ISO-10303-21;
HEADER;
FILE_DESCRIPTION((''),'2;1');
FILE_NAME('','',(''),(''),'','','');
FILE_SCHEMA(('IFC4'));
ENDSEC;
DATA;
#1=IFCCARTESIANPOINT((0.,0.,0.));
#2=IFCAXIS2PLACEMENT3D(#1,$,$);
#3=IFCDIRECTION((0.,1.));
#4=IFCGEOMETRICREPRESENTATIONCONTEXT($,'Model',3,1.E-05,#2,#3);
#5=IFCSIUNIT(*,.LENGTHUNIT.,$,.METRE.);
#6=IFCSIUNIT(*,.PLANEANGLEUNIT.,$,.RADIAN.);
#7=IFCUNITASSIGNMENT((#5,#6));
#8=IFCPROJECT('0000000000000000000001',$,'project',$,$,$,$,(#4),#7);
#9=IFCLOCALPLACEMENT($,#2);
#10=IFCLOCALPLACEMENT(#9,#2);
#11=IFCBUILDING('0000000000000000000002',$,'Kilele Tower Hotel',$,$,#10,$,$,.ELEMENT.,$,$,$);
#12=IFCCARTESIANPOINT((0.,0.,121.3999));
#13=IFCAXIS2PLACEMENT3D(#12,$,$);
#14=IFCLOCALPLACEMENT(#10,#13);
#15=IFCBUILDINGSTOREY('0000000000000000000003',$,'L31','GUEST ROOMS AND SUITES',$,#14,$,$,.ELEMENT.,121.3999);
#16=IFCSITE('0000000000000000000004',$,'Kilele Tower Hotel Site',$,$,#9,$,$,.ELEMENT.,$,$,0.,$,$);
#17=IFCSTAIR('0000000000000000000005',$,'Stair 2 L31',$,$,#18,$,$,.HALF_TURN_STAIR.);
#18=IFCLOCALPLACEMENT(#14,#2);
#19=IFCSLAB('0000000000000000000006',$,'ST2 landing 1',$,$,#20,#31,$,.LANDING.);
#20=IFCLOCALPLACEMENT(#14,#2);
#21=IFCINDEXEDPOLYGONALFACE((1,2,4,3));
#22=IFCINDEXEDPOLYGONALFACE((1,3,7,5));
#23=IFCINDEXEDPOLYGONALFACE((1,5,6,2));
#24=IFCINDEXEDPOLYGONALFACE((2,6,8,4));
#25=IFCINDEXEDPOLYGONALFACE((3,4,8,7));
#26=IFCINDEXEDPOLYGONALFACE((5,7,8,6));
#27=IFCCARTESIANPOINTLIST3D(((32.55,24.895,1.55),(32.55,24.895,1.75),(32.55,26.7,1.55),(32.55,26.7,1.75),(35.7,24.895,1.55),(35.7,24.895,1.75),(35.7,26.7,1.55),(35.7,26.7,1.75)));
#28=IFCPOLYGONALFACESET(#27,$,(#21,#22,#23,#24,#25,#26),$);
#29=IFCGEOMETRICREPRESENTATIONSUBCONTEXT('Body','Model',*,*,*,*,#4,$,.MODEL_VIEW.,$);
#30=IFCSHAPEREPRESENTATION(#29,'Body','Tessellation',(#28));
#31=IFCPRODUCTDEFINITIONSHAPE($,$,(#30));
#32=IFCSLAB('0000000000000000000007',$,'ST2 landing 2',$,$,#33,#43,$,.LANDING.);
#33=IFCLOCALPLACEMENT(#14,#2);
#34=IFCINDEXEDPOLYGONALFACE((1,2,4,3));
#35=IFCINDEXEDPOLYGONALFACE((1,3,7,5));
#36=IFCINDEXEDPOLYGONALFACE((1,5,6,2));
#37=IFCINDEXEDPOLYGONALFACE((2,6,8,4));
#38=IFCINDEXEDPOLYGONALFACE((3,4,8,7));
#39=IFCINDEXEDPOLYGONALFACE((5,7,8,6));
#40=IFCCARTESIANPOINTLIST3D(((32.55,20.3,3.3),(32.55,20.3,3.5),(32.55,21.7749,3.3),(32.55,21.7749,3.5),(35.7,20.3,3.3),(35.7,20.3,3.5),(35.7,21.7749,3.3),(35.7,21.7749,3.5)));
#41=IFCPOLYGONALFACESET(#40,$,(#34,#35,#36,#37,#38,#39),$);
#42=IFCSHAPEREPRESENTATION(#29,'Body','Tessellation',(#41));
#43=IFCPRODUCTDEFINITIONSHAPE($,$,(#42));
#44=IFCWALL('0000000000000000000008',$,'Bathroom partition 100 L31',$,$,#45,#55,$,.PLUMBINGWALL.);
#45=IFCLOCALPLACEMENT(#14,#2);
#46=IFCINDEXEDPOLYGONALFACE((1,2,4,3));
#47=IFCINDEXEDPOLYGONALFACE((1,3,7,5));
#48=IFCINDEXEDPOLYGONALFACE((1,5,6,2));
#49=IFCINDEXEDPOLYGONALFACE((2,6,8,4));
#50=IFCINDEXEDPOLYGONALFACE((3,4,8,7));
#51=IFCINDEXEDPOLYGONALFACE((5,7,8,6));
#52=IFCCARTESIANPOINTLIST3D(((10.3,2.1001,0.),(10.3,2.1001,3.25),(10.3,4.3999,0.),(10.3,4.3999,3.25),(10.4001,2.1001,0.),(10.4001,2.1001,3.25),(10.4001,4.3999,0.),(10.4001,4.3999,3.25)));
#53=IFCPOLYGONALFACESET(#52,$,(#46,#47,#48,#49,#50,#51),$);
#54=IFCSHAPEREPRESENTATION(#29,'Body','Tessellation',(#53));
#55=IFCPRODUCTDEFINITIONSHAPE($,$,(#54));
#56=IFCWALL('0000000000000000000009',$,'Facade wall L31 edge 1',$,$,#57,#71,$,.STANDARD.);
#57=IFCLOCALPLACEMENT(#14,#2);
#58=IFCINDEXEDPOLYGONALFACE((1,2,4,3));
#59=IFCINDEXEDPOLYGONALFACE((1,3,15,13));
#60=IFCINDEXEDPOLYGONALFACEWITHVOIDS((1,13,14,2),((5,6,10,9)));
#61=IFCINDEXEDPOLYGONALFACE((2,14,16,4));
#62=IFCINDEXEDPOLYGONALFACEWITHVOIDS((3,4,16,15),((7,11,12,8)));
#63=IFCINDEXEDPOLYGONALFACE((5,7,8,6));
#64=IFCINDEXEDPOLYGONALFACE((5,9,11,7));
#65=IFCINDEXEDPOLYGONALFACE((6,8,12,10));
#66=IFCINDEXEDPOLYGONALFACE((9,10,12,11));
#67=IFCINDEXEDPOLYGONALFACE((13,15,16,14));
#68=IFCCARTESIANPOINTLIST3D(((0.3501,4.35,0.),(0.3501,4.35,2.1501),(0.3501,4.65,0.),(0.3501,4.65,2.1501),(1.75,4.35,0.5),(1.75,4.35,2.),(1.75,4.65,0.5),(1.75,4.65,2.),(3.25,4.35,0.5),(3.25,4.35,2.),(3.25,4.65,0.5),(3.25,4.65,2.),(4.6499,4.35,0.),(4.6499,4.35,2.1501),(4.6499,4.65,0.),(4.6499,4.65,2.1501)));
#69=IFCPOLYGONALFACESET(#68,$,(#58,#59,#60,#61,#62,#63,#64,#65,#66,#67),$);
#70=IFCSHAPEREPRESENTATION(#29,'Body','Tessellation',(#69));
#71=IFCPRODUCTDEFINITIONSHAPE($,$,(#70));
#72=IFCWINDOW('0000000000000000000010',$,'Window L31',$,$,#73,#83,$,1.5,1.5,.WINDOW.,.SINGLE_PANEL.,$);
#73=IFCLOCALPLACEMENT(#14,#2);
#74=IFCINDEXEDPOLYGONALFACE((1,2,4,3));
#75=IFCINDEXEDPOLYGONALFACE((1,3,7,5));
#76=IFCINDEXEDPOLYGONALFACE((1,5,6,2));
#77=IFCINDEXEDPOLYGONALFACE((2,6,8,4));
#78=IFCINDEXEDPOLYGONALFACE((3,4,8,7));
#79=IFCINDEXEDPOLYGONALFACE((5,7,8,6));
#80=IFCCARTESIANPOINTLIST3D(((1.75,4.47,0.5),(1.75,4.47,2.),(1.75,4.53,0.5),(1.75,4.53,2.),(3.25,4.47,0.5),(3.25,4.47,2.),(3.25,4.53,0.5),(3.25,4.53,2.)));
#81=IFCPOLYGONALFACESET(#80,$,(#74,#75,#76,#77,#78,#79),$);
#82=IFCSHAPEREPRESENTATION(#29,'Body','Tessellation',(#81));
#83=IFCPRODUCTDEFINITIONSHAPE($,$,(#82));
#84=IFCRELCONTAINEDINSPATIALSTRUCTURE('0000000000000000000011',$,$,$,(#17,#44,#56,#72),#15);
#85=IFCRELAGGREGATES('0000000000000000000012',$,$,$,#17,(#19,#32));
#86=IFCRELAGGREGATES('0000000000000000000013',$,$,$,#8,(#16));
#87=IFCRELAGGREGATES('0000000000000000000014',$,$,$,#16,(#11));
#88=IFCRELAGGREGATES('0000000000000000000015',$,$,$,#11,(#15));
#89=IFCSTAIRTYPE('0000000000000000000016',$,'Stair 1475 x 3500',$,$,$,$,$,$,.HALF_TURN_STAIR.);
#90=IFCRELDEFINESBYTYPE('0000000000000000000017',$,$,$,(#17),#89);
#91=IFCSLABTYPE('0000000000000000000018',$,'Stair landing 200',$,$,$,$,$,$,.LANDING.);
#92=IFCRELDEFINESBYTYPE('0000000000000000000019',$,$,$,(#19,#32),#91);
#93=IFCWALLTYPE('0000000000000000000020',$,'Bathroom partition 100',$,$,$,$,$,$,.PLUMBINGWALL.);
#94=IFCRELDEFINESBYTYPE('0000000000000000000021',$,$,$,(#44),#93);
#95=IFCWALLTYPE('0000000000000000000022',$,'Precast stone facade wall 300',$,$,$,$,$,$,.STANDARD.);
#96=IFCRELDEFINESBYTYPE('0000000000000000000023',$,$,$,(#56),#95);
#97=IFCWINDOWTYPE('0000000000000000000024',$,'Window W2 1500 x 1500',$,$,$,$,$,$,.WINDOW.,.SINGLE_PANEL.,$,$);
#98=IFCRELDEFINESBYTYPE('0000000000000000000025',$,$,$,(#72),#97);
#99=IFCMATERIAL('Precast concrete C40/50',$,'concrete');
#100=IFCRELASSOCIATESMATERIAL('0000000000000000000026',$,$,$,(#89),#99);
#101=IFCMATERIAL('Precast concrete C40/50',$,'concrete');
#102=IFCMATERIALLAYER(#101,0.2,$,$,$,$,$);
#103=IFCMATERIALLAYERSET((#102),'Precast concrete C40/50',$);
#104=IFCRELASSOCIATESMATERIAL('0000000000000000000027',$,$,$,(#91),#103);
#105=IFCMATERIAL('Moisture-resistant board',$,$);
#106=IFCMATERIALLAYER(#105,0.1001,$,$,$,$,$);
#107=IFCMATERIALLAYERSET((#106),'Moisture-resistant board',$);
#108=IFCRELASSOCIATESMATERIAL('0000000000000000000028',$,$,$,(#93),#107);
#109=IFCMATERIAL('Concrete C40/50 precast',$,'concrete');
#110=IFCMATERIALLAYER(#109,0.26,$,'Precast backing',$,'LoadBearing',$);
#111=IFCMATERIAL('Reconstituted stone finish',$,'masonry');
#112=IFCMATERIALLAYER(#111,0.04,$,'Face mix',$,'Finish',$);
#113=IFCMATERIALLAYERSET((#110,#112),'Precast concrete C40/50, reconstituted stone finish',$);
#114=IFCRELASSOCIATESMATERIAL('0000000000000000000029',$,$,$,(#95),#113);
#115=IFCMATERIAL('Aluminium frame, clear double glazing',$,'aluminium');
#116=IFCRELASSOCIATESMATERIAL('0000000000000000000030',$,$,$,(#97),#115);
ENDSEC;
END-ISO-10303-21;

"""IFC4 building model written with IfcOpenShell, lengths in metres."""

from ifc_helpers import new_model, si_unit, direction, frame, frame_2d, origin, place, context, subcontext, project, spatial, polyline, rectangle, outline, extrude, material, layer, layer_set, type_object, element, fill, aggregate, save


model = new_model("IFC4")

# Units and contexts
model_context = context("Model", 3, precision=1e-05, world=origin(), true_north=direction((0.0, 1.0)))
body_context = subcontext(model_context, "Body", "Model", "MODEL_VIEW")
ifc_project = project(units=[si_unit("LENGTHUNIT", "METRE"), si_unit("PLANEANGLEUNIT", "RADIAN")], contexts=[model_context])

# Site, building, storey
site_placement = place(None, origin())
site = spatial("IfcSite", under=ifc_project, at=site_placement, Name="Kilele Tower Hotel Site", CompositionType="ELEMENT", RefElevation=0.0)
building_placement = place(site_placement, origin())
building = spatial("IfcBuilding", under=site, at=building_placement, Name="Kilele Tower Hotel", CompositionType="ELEMENT")
storey_placement = place(building_placement, frame((0.0, 0.0, 121.3999)))
storey = spatial("IfcBuildingStorey", under=building, at=storey_placement, Name="L31", Description="GUEST ROOMS AND SUITES", CompositionType="ELEMENT", Elevation=121.3999)

# Stair, slabs
ifc_material_1 = material(Name="Precast concrete C40/50", Category="concrete")
stair_type = type_object("IfcStairType", Name="Stair 1475 x 3500", PredefinedType="HALF_TURN_STAIR", material=ifc_material_1)
ifc_material_2 = material(Name="Precast concrete C40/50", Category="concrete")
ifc_layer_1 = layer(ifc_material_2, 0.2)
ifc_layer_set_1 = layer_set([ifc_layer_1], Name="Precast concrete C40/50")
slab_type_1 = type_object("IfcSlabType", Name="Stair landing 200", PredefinedType="LANDING", material=ifc_layer_set_1)
stair_1_placement = place(storey_placement, origin())
stair_1 = element("IfcStair", 1, at=stair_1_placement, inside=storey, type_object=stair_type, Name="Stair 2 L31", PredefinedType="HALF_TURN_STAIR")
slab_1_placement = place(storey_placement, frame((0.0, 0.0, 1.55)))
slab_1 = element("IfcSlab", 2, at=slab_1_placement, type_object=slab_type_1, Name="ST2 landing 1", PredefinedType="LANDING", context=body_context, shape_type="SweptSolid", body=[
    extrude(outline(polyline([(32.55, 24.895), (35.7, 24.895), (35.7, 26.7), (32.55, 26.7), (32.55, 24.895)])), origin(), (0.0, 0.0, 1.0), 0.2),
])
slab_2_placement = place(storey_placement, frame((0.0, 0.0, 3.3)))
slab_2 = element("IfcSlab", 3, at=slab_2_placement, type_object=slab_type_1, Name="ST2 landing 2", PredefinedType="LANDING", context=body_context, shape_type="SweptSolid", body=[
    extrude(outline(polyline([(32.55, 20.3), (35.7, 20.3), (35.7, 21.7749), (32.55, 21.7749), (32.55, 20.3)])), origin(), (0.0, 0.0, 1.0), 0.2),
])
aggregate(stair_1, [slab_1, slab_2])

# Wall
ifc_material_3 = material(Name="Moisture-resistant board")
ifc_layer_2 = layer(ifc_material_3, 0.1001)
ifc_layer_set_2 = layer_set([ifc_layer_2], Name="Moisture-resistant board")
wall_type_1 = type_object("IfcWallType", Name="Bathroom partition 100", PredefinedType="PLUMBINGWALL", material=ifc_layer_set_2)
wall_1_placement = place(storey_placement, frame((10.3501, 4.3999, 0.0), z_axis=(0.0, 0.0, 1.0), x_axis=(0.0, -1.0, 0.0)))
element("IfcWall", 4, at=wall_1_placement, inside=storey, type_object=wall_type_1, Name="Bathroom partition 100 L31", PredefinedType="PLUMBINGWALL", context=body_context, shape_type="SweptSolid", body=[
    extrude(rectangle(XDim=2.2998, YDim=0.1001, at=frame_2d((1.1499, 0.0))), origin(), (0.0, 0.0, 1.0), 3.25),
])

# Wall, opening, window
ifc_material_4 = material(Name="Concrete C40/50 precast", Category="concrete")
ifc_layer_3 = layer(ifc_material_4, 0.26, Name="Precast backing", Category="LoadBearing")
ifc_material_5 = material(Name="Reconstituted stone finish", Category="masonry")
ifc_layer_4 = layer(ifc_material_5, 0.04, Name="Face mix", Category="Finish")
ifc_layer_set_3 = layer_set([ifc_layer_3, ifc_layer_4], Name="Precast concrete C40/50, reconstituted stone finish")
wall_type_2 = type_object("IfcWallType", Name="Precast stone facade wall 300", PredefinedType="STANDARD", material=ifc_layer_set_3)
wall_2_placement = place(storey_placement, frame((0.3501, 4.5, 0.0), z_axis=(0.0, 0.0, 1.0), x_axis=(1.0, 0.0, 0.0)))
wall_2 = element("IfcWall", 5, at=wall_2_placement, inside=storey, type_object=wall_type_2, Name="Facade wall L31 edge 1", PredefinedType="STANDARD", context=body_context, shape_type="SweptSolid", body=[
    extrude(rectangle(XDim=4.2998, YDim=0.3, at=frame_2d((2.1499, 0.0))), origin(), (0.0, 0.0, 1.0), 2.1501),
])
opening_1_placement = place(wall_2_placement, frame((1.3999, 0.0, 0.5)))
opening_1 = element("IfcOpeningElement", 6, at=opening_1_placement, cuts=wall_2, PredefinedType="OPENING", context=body_context, shape_type="SweptSolid", body=[
    extrude(rectangle(XDim=1.5, YDim=1.5, at=frame_2d((0.75, 0.75))), frame((0.0, 0.1599, 0.0), z_axis=(0.0, -1.0, 0.0), x_axis=(1.0, 0.0, 0.0)), (0.0, 0.0, 1.0), 0.3201),
])
ifc_material_6 = material(Name="Aluminium frame, clear double glazing", Category="aluminium")
window_type = type_object("IfcWindowType", Name="Window W2 1500 x 1500", PartitioningType="SINGLE_PANEL", PredefinedType="WINDOW", material=ifc_material_6)
window_1_placement = place(opening_1_placement, origin())
window_1 = element("IfcWindow", 7, at=window_1_placement, inside=storey, type_object=window_type, Name="Window L31", OverallHeight=1.5, OverallWidth=1.5, PartitioningType="SINGLE_PANEL", PredefinedType="WINDOW", context=body_context, shape_type="SweptSolid", body=[
    extrude(rectangle(XDim=1.5, YDim=1.5, at=frame_2d((0.75, 0.75))), frame((0.0, 0.03, 0.0), z_axis=(0.0, -1.0, 0.0), x_axis=(1.0, 0.0, 0.0)), (0.0, 0.0, 1.0), 0.0601),
])
fill(opening_1, window_1)

save(model, "model.ifc")
